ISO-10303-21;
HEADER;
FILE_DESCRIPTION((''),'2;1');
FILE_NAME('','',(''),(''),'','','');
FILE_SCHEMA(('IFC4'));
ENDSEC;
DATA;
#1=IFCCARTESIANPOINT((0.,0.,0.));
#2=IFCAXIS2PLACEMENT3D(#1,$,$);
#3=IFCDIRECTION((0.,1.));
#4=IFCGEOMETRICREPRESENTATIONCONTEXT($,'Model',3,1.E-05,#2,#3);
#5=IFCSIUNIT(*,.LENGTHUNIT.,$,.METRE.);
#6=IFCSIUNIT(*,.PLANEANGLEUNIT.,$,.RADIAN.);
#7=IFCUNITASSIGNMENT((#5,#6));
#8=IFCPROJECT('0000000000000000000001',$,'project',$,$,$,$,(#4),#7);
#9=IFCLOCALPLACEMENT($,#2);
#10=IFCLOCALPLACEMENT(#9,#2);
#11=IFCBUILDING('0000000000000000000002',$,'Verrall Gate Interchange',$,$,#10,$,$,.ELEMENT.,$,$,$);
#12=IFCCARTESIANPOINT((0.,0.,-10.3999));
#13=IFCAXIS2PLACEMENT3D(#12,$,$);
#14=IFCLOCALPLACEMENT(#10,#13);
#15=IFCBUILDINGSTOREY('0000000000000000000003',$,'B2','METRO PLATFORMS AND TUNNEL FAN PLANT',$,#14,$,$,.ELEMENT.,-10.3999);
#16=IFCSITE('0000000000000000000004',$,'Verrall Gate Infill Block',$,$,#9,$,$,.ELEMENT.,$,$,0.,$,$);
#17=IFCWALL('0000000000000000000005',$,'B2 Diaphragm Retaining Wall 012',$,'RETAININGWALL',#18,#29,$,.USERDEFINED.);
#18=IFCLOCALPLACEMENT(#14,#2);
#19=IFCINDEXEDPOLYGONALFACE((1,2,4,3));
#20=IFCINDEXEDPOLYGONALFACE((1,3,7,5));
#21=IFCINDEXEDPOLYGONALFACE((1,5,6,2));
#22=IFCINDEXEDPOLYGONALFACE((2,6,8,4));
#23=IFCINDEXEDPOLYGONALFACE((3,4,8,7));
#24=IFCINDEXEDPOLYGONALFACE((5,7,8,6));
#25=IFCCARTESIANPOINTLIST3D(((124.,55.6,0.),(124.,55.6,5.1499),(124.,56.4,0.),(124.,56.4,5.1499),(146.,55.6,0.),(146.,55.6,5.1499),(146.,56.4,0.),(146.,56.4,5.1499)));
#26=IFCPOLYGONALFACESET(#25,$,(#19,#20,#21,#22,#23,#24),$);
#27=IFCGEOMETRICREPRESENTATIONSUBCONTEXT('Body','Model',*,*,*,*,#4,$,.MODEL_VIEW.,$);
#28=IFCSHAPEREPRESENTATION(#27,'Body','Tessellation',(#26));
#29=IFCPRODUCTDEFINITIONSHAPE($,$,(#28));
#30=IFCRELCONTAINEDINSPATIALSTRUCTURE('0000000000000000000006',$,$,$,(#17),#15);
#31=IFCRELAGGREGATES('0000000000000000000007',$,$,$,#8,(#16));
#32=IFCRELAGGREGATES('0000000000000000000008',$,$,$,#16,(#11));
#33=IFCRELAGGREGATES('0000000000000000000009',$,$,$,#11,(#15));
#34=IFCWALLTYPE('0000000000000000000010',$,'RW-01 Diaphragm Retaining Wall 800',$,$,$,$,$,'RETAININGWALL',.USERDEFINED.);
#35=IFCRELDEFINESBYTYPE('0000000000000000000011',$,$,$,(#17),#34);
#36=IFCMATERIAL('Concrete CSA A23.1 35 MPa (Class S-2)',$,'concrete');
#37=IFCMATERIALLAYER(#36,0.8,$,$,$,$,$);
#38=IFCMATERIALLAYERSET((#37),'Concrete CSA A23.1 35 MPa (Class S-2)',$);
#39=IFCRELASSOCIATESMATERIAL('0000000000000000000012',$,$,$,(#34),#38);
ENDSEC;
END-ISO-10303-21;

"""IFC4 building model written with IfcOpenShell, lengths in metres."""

from ifc_helpers import new_model, si_unit, direction, frame, frame_2d, origin, place, context, subcontext, project, spatial, rectangle, extrude, material, layer, layer_set, type_object, element, save


model = new_model("IFC4")

# Units and contexts
model_context = context("Model", 3, precision=1e-05, world=origin(), true_north=direction((0.0, 1.0)))
body_context = subcontext(model_context, "Body", "Model", "MODEL_VIEW")
ifc_project = project(units=[si_unit("LENGTHUNIT", "METRE"), si_unit("PLANEANGLEUNIT", "RADIAN")], contexts=[model_context])

# Site, building, storey
site_placement = place(None, origin())
site = spatial("IfcSite", under=ifc_project, at=site_placement, Name="Verrall Gate Infill Block", CompositionType="ELEMENT", RefElevation=0.0)
building_placement = place(site_placement, origin())
building = spatial("IfcBuilding", under=site, at=building_placement, Name="Verrall Gate Interchange", CompositionType="ELEMENT")
storey_placement = place(building_placement, frame((0.0, 0.0, -10.3999)))
storey = spatial("IfcBuildingStorey", under=building, at=storey_placement, Name="B2", Description="METRO PLATFORMS AND TUNNEL FAN PLANT", CompositionType="ELEMENT", Elevation=-10.3999)

# Wall
ifc_material_1 = material(Name="Concrete CSA A23.1 35 MPa (Class S-2)", Category="concrete")
ifc_layer_1 = layer(ifc_material_1, 0.8)
ifc_layer_set_1 = layer_set([ifc_layer_1], Name="Concrete CSA A23.1 35 MPa (Class S-2)")
wall_type_1 = type_object("IfcWallType", Name="RW-01 Diaphragm Retaining Wall 800", ElementType="RETAININGWALL", PredefinedType="USERDEFINED", material=ifc_layer_set_1)
wall_1_placement = place(storey_placement, frame((146.0, 56.0, 0.0), z_axis=(0.0, 0.0, 1.0), x_axis=(-1.0, 0.0, 0.0)))
element("IfcWall", 1, at=wall_1_placement, inside=storey, type_object=wall_type_1, Name="B2 Diaphragm Retaining Wall 012", ObjectType="RETAININGWALL", PredefinedType="USERDEFINED", context=body_context, shape_type="SweptSolid", body=[
    extrude(rectangle(XDim=22.0, YDim=0.8, at=frame_2d((11.0, 0.0))), origin(), (0.0, 0.0, 1.0), 5.1499),
])

save(model, "model.ifc")
